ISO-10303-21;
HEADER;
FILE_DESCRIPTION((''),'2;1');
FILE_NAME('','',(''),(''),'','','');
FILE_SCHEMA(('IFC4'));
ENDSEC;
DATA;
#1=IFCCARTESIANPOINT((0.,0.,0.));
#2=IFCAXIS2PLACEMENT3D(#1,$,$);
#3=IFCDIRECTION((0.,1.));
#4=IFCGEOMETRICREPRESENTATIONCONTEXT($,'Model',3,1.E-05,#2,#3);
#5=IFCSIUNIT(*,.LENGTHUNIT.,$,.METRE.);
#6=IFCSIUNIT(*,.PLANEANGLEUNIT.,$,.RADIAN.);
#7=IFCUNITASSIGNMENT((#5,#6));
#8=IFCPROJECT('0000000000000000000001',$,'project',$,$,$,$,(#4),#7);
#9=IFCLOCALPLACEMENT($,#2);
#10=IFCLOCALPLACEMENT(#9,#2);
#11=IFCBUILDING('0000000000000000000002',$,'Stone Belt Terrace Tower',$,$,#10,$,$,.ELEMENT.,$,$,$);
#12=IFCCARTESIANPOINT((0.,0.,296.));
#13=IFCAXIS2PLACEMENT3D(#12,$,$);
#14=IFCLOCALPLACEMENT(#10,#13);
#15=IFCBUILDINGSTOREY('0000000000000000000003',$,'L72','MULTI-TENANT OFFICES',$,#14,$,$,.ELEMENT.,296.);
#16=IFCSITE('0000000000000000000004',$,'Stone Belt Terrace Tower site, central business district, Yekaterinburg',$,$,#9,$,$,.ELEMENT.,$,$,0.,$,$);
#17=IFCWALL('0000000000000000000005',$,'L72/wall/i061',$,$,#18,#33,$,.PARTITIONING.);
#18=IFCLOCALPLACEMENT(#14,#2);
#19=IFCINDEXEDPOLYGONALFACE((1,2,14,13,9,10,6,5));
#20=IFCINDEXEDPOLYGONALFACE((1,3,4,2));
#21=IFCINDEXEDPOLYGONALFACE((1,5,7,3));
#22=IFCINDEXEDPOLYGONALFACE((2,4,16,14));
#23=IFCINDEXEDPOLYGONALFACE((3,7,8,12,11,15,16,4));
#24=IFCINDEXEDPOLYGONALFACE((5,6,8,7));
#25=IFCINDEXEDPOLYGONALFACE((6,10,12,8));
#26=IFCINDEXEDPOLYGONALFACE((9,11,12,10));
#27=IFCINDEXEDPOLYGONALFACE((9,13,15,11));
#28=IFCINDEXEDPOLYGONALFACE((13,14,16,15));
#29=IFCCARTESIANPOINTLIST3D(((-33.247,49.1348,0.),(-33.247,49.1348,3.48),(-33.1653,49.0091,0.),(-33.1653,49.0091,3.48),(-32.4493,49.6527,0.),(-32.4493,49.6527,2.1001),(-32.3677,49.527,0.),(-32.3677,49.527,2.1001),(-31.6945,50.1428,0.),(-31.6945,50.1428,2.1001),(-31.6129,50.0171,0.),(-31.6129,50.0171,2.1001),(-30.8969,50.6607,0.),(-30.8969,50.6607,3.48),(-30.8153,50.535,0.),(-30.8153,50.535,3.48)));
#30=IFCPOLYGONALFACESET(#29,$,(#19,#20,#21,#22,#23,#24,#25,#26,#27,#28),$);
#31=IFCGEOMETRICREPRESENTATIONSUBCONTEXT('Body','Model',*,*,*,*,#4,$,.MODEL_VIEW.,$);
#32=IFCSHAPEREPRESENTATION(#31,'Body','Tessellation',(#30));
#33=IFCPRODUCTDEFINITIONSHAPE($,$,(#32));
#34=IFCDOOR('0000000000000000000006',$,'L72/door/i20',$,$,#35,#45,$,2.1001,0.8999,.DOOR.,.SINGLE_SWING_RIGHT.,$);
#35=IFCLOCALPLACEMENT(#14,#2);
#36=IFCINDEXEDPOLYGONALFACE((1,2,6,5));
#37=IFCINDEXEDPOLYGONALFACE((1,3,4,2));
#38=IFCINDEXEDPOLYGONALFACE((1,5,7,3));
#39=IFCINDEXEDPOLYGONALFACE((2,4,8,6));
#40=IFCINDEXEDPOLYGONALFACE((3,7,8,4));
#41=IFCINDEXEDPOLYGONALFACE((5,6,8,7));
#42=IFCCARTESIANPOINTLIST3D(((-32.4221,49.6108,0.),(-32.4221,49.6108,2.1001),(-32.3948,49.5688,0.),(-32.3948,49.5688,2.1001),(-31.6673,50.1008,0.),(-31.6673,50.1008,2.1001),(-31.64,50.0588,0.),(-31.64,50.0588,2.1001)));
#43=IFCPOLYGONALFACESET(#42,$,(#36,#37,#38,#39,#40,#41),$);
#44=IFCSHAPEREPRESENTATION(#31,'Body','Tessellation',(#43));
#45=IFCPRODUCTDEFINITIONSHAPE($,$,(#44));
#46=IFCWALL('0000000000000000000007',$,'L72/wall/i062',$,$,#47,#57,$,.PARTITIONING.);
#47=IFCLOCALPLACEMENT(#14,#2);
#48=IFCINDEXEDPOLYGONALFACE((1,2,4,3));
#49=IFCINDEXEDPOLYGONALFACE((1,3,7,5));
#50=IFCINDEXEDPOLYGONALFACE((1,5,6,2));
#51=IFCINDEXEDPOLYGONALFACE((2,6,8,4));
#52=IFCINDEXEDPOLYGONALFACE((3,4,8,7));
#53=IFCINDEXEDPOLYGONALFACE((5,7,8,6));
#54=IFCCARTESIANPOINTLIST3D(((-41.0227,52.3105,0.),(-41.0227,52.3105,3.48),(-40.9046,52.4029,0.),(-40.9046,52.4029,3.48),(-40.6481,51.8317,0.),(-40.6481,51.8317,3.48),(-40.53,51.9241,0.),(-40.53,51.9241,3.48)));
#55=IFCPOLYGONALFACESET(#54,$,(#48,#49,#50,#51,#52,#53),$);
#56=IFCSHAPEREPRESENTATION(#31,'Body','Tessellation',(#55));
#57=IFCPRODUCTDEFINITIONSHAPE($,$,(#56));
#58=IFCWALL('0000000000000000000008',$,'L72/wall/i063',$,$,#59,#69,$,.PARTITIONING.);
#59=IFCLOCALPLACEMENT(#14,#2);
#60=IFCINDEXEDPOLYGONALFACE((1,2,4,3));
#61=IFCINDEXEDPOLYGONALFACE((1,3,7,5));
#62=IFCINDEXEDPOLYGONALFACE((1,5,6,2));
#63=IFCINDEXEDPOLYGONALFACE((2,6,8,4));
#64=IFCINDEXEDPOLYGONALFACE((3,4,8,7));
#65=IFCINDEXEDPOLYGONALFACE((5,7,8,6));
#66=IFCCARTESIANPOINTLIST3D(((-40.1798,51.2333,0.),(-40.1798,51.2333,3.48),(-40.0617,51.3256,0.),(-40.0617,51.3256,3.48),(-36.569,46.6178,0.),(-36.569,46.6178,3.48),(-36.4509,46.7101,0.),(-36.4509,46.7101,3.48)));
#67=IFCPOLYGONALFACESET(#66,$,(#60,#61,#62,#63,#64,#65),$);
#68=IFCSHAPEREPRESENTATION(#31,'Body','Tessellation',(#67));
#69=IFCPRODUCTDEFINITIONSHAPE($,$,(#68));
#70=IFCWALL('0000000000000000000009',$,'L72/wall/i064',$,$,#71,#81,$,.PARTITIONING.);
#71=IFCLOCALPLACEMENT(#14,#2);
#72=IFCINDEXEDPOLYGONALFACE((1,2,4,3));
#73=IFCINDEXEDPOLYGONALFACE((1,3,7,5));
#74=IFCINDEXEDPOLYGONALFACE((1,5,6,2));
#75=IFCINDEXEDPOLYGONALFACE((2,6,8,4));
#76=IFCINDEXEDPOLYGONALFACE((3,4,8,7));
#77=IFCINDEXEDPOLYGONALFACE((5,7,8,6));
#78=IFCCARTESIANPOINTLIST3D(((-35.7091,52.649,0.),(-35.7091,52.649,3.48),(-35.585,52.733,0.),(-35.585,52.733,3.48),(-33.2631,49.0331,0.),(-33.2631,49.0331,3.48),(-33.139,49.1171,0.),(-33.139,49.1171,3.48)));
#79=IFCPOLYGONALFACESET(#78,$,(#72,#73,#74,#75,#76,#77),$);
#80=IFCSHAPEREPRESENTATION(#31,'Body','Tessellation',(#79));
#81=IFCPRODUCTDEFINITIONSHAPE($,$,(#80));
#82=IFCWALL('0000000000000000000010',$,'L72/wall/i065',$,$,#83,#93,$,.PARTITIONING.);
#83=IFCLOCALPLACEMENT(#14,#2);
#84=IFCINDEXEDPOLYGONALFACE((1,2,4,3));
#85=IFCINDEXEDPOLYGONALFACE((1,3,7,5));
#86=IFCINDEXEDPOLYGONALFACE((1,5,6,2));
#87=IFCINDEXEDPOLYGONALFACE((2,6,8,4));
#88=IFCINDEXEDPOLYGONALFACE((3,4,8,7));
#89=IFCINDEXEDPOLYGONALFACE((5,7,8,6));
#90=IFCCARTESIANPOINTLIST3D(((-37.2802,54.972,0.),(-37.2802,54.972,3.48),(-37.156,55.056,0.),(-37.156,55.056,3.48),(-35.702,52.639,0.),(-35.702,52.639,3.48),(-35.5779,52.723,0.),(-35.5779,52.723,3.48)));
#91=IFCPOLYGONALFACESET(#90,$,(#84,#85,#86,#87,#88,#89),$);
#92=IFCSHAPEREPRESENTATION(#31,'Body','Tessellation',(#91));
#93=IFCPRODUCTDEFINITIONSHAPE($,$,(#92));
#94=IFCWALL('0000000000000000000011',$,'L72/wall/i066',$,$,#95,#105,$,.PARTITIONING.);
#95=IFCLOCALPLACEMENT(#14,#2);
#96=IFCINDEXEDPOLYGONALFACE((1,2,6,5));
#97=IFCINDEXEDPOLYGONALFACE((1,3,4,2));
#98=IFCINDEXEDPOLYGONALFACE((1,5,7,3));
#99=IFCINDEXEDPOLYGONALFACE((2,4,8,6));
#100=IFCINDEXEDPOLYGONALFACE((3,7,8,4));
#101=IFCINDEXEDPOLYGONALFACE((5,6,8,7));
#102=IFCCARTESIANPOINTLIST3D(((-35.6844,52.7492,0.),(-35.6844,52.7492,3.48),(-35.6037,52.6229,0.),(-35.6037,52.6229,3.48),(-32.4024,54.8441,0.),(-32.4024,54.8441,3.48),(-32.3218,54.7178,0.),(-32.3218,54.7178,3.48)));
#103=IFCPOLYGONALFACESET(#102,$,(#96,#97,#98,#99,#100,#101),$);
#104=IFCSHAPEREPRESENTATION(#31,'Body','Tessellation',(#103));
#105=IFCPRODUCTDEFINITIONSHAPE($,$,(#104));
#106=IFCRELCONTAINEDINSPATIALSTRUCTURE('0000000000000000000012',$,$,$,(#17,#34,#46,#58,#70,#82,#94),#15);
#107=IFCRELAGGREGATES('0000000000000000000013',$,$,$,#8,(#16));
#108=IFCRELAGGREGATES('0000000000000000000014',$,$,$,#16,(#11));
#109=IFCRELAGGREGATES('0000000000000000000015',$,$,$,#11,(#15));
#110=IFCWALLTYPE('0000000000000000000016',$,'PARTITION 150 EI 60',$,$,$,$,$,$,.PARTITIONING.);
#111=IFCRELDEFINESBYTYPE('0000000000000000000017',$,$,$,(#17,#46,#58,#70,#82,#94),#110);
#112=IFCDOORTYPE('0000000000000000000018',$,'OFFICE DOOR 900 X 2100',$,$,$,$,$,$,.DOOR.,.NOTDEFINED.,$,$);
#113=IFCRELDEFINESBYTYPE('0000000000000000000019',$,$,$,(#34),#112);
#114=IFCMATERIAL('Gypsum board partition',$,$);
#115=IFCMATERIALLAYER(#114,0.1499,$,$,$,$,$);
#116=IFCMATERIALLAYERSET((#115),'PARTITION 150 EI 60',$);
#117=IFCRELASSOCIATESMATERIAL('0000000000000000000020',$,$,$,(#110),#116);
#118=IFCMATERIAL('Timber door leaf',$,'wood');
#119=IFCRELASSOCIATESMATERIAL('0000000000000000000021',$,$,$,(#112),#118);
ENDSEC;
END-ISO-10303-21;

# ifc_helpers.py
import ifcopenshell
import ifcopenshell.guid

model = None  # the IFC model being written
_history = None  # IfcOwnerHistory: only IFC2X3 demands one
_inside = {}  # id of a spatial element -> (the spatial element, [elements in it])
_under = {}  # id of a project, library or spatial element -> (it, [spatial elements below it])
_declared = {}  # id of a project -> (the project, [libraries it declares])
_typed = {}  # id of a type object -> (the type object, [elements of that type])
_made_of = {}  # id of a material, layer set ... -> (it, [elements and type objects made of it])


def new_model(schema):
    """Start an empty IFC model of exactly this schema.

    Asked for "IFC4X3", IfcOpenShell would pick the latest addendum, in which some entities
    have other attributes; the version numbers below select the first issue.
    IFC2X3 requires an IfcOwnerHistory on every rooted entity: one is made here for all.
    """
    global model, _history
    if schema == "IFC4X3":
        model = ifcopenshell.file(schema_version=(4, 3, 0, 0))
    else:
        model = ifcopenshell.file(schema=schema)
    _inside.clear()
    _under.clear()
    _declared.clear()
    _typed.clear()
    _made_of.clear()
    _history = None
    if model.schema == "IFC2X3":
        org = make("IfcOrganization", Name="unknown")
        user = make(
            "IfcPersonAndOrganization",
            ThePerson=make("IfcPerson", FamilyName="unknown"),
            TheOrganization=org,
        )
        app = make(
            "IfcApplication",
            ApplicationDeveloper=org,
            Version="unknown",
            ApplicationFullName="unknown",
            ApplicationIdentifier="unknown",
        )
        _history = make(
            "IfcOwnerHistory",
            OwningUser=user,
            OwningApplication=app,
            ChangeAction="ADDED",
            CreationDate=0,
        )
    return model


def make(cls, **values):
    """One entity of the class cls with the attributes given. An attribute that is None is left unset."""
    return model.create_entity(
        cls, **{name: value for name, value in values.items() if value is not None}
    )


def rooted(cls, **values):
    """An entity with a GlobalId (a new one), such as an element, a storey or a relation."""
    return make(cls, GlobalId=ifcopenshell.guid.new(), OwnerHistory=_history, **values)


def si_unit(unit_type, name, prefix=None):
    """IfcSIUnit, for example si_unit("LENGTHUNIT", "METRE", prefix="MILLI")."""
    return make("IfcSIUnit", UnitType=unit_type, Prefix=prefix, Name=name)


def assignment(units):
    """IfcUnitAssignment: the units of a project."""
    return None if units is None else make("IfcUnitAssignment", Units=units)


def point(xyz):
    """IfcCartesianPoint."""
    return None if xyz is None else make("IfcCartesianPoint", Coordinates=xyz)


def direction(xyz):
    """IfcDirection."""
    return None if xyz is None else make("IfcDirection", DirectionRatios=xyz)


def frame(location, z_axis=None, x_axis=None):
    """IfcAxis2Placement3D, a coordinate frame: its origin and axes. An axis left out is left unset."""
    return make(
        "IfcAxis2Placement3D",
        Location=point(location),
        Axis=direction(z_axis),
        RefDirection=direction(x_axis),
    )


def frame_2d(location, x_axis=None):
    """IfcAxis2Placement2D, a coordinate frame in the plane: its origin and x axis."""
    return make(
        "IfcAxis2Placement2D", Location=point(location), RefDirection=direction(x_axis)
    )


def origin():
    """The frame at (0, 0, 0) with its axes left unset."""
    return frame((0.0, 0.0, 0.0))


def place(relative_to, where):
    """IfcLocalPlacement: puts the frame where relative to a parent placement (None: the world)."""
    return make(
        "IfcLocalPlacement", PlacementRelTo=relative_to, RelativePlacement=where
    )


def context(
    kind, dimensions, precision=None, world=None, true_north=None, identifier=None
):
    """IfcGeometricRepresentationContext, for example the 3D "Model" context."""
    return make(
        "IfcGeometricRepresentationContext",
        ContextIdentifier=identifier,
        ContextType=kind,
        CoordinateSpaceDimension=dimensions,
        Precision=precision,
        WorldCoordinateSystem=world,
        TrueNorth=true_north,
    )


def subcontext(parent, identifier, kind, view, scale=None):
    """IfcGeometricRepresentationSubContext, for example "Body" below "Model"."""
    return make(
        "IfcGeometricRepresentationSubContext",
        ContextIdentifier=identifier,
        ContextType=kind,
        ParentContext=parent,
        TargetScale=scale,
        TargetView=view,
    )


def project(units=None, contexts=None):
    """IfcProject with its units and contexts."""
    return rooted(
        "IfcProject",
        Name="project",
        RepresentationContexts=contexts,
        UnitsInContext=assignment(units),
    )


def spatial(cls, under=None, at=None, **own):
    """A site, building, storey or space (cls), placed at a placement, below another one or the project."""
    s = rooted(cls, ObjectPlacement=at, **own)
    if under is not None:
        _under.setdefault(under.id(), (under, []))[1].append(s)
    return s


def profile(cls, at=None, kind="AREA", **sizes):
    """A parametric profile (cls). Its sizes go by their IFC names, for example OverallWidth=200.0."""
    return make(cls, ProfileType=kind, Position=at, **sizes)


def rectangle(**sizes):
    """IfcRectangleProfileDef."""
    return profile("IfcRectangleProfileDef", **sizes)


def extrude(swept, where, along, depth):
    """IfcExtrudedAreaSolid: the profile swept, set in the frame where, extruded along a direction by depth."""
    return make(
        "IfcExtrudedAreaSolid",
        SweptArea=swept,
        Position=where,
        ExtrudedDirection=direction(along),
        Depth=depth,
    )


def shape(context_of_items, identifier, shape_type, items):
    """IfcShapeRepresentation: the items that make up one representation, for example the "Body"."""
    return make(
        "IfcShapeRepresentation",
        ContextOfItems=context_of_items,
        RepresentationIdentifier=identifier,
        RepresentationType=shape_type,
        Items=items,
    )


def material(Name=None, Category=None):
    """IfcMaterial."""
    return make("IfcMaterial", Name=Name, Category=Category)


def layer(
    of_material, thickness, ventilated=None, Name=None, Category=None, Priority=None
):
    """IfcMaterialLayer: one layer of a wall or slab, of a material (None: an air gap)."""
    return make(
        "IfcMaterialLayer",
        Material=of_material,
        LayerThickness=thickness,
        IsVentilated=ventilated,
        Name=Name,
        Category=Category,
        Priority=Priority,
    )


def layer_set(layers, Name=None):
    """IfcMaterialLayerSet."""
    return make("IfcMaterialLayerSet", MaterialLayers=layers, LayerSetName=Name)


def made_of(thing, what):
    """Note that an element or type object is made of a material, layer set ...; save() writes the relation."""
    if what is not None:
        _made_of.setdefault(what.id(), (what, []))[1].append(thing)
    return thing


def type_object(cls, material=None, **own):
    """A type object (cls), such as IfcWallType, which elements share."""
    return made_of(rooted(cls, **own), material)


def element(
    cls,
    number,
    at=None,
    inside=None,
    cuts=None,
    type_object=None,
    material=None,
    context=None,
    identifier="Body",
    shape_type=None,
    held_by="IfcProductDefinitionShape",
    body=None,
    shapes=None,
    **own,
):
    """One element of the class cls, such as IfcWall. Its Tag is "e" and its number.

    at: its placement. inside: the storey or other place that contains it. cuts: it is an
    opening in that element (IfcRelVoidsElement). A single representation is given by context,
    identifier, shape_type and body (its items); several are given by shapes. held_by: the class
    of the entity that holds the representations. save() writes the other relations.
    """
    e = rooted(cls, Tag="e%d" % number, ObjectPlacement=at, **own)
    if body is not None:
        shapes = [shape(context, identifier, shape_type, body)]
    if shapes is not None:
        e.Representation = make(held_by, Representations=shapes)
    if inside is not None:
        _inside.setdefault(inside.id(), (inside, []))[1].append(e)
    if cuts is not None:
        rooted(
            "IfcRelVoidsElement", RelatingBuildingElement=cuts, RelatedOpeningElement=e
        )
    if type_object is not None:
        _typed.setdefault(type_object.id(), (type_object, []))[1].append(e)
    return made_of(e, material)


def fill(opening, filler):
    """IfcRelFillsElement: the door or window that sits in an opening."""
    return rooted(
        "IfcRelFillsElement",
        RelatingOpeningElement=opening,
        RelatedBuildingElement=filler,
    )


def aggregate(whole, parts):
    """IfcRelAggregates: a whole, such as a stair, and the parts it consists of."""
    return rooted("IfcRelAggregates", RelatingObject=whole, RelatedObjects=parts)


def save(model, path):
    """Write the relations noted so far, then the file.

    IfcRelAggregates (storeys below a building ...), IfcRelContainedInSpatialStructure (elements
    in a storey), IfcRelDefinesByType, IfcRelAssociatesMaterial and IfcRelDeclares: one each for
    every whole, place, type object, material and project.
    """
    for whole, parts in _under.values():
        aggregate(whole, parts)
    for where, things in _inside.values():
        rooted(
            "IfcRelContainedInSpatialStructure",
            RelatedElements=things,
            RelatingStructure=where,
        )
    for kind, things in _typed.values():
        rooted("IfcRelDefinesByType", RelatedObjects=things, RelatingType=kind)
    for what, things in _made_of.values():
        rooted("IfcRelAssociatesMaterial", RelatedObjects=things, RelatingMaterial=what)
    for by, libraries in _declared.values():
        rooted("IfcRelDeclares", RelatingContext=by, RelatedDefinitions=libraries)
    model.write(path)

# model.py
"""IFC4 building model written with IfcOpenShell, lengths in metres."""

from ifc_helpers import new_model, si_unit, direction, frame, frame_2d, origin, place, context, subcontext, project, spatial, rectangle, extrude, material, layer, layer_set, type_object, element, fill, save


model = new_model("IFC4")

# Units and contexts
model_context = context("Model", 3, precision=1e-05, world=origin(), true_north=direction((0.0, 1.0)))
body_context = subcontext(model_context, "Body", "Model", "MODEL_VIEW")
ifc_project = project(units=[si_unit("LENGTHUNIT", "METRE"), si_unit("PLANEANGLEUNIT", "RADIAN")], contexts=[model_context])

# Site, building, storey
site_placement = place(None, origin())
site = spatial("IfcSite", under=ifc_project, at=site_placement, Name="Stone Belt Terrace Tower site, central business district, Yekaterinburg", CompositionType="ELEMENT", RefElevation=0.0)
building_placement = place(site_placement, origin())
building = spatial("IfcBuilding", under=site, at=building_placement, Name="Stone Belt Terrace Tower", CompositionType="ELEMENT")
storey_placement = place(building_placement, frame((0.0, 0.0, 296.0)))
storey = spatial("IfcBuildingStorey", under=building, at=storey_placement, Name="L72", Description="MULTI-TENANT OFFICES", CompositionType="ELEMENT", Elevation=296.0)

# Shared definitions
ifc_material_1 = material(Name="Gypsum board partition")
ifc_layer_1 = layer(ifc_material_1, 0.1499)
ifc_layer_set_1 = layer_set([ifc_layer_1], Name="PARTITION 150 EI 60")
wall_type = type_object("IfcWallType", Name="PARTITION 150 EI 60", PredefinedType="PARTITIONING", material=ifc_layer_set_1)

# Wall, opening, door
wall_1_placement = place(storey_placement, frame((-33.2061, 49.072, 0.0), z_axis=(0.0, 0.0, 1.0), x_axis=(0.838718, 0.544566, 0.0)))
wall_1 = element("IfcWall", 1, at=wall_1_placement, inside=storey, type_object=wall_type, Name="L72/wall/i061", PredefinedType="PARTITIONING", context=body_context, shape_type="SweptSolid", body=[
    extrude(rectangle(XDim=2.802, YDim=0.1499, at=frame_2d((1.4009, 0.0))), origin(), (0.0, 0.0, 1.0), 3.48),
])
opening_placement = place(wall_1_placement, frame((0.9509, 0.0, 0.0)))
opening = element("IfcOpeningElement", 2, at=opening_placement, cuts=wall_1, PredefinedType="OPENING", context=body_context, shape_type="SweptSolid", body=[
    extrude(rectangle(XDim=0.8999, YDim=2.1001, at=frame_2d((0.45, 1.05))), frame((0.0, 0.085, 0.0), z_axis=(0.0, -1.0, 0.0), x_axis=(1.0, 0.0, 0.0)), (0.0, 0.0, 1.0), 0.1699),
])
ifc_material_2 = material(Name="Timber door leaf", Category="wood")
door_type = type_object("IfcDoorType", Name="OFFICE DOOR 900 X 2100", OperationType="NOTDEFINED", PredefinedType="DOOR", material=ifc_material_2)
door_placement = place(opening_placement, origin())
door = element("IfcDoor", 3, at=door_placement, inside=storey, type_object=door_type, Name="L72/door/i20", OperationType="SINGLE_SWING_RIGHT", OverallHeight=2.1001, OverallWidth=0.8999, PredefinedType="DOOR", context=body_context, shape_type="SweptSolid", body=[
    extrude(rectangle(XDim=0.8999, YDim=2.1001, at=frame_2d((0.45, 1.05))), frame((0.0, 0.0249, 0.0), z_axis=(0.0, -1.0, 0.0), x_axis=(1.0, 0.0, 0.0)), (0.0, 0.0, 1.0), 0.05),
])
fill(opening, door)

# Walls
wall_2_placement = place(storey_placement, frame((-40.9636, 52.3567, 0.0), z_axis=(0.0, 0.0, 1.0), x_axis=(0.616135, -0.787641, 0.0)))
element("IfcWall", 4, at=wall_2_placement, inside=storey, type_object=wall_type, Name="L72/wall/i062", PredefinedType="PARTITIONING", context=body_context, shape_type="SweptSolid", body=[
    extrude(rectangle(XDim=0.6079, YDim=0.1499, at=frame_2d((0.304, 0.0))), origin(), (0.0, 0.0, 1.0), 3.48),
])
wall_3_placement = place(storey_placement, frame((-40.1208, 51.2795, 0.0), z_axis=(0.0, 0.0, 1.0), x_axis=(0.616173, -0.78761, 0.0)))
element("IfcWall", 5, at=wall_3_placement, inside=storey, type_object=wall_type, Name="L72/wall/i063", PredefinedType="PARTITIONING", context=body_context, shape_type="SweptSolid", body=[
    extrude(rectangle(XDim=5.8601, YDim=0.1499, at=frame_2d((2.9302, 0.0))), origin(), (0.0, 0.0, 1.0), 3.48),
])
wall_4_placement = place(storey_placement, frame((-35.647, 52.6909, 0.0), z_axis=(0.0, 0.0, 1.0), x_axis=(0.560301, -0.828289, 0.0)))
element("IfcWall", 6, at=wall_4_placement, inside=storey, type_object=wall_type, Name="L72/wall/i064", PredefinedType="PARTITIONING", context=body_context, shape_type="SweptSolid", body=[
    extrude(rectangle(XDim=4.3655, YDim=0.1499, at=frame_2d((2.1826, 0.0))), origin(), (0.0, 0.0, 1.0), 3.48),
])
wall_5_placement = place(storey_placement, frame((-37.218, 55.0139, 0.0), z_axis=(0.0, 0.0, 1.0), x_axis=(0.560288, -0.828298, 0.0)))
element("IfcWall", 7, at=wall_5_placement, inside=storey, type_object=wall_type, Name="L72/wall/i065", PredefinedType="PARTITIONING", context=body_context, shape_type="SweptSolid", body=[
    extrude(rectangle(XDim=2.8167, YDim=0.1499, at=frame_2d((1.4082, 0.0))), origin(), (0.0, 0.0, 1.0), 3.48),
])
wall_6_placement = place(storey_placement, frame((-35.644, 52.686, 0.0), z_axis=(0.0, 0.0, 1.0), x_axis=(0.842912, 0.538052, 0.0)))
element("IfcWall", 8, at=wall_6_placement, inside=storey, type_object=wall_type, Name="L72/wall/i066", PredefinedType="PARTITIONING", context=body_context, shape_type="SweptSolid", body=[
    extrude(rectangle(XDim=3.8936, YDim=0.1499, at=frame_2d((1.9468, 0.0))), origin(), (0.0, 0.0, 1.0), 3.48),
])

save(model, "model.ifc")
